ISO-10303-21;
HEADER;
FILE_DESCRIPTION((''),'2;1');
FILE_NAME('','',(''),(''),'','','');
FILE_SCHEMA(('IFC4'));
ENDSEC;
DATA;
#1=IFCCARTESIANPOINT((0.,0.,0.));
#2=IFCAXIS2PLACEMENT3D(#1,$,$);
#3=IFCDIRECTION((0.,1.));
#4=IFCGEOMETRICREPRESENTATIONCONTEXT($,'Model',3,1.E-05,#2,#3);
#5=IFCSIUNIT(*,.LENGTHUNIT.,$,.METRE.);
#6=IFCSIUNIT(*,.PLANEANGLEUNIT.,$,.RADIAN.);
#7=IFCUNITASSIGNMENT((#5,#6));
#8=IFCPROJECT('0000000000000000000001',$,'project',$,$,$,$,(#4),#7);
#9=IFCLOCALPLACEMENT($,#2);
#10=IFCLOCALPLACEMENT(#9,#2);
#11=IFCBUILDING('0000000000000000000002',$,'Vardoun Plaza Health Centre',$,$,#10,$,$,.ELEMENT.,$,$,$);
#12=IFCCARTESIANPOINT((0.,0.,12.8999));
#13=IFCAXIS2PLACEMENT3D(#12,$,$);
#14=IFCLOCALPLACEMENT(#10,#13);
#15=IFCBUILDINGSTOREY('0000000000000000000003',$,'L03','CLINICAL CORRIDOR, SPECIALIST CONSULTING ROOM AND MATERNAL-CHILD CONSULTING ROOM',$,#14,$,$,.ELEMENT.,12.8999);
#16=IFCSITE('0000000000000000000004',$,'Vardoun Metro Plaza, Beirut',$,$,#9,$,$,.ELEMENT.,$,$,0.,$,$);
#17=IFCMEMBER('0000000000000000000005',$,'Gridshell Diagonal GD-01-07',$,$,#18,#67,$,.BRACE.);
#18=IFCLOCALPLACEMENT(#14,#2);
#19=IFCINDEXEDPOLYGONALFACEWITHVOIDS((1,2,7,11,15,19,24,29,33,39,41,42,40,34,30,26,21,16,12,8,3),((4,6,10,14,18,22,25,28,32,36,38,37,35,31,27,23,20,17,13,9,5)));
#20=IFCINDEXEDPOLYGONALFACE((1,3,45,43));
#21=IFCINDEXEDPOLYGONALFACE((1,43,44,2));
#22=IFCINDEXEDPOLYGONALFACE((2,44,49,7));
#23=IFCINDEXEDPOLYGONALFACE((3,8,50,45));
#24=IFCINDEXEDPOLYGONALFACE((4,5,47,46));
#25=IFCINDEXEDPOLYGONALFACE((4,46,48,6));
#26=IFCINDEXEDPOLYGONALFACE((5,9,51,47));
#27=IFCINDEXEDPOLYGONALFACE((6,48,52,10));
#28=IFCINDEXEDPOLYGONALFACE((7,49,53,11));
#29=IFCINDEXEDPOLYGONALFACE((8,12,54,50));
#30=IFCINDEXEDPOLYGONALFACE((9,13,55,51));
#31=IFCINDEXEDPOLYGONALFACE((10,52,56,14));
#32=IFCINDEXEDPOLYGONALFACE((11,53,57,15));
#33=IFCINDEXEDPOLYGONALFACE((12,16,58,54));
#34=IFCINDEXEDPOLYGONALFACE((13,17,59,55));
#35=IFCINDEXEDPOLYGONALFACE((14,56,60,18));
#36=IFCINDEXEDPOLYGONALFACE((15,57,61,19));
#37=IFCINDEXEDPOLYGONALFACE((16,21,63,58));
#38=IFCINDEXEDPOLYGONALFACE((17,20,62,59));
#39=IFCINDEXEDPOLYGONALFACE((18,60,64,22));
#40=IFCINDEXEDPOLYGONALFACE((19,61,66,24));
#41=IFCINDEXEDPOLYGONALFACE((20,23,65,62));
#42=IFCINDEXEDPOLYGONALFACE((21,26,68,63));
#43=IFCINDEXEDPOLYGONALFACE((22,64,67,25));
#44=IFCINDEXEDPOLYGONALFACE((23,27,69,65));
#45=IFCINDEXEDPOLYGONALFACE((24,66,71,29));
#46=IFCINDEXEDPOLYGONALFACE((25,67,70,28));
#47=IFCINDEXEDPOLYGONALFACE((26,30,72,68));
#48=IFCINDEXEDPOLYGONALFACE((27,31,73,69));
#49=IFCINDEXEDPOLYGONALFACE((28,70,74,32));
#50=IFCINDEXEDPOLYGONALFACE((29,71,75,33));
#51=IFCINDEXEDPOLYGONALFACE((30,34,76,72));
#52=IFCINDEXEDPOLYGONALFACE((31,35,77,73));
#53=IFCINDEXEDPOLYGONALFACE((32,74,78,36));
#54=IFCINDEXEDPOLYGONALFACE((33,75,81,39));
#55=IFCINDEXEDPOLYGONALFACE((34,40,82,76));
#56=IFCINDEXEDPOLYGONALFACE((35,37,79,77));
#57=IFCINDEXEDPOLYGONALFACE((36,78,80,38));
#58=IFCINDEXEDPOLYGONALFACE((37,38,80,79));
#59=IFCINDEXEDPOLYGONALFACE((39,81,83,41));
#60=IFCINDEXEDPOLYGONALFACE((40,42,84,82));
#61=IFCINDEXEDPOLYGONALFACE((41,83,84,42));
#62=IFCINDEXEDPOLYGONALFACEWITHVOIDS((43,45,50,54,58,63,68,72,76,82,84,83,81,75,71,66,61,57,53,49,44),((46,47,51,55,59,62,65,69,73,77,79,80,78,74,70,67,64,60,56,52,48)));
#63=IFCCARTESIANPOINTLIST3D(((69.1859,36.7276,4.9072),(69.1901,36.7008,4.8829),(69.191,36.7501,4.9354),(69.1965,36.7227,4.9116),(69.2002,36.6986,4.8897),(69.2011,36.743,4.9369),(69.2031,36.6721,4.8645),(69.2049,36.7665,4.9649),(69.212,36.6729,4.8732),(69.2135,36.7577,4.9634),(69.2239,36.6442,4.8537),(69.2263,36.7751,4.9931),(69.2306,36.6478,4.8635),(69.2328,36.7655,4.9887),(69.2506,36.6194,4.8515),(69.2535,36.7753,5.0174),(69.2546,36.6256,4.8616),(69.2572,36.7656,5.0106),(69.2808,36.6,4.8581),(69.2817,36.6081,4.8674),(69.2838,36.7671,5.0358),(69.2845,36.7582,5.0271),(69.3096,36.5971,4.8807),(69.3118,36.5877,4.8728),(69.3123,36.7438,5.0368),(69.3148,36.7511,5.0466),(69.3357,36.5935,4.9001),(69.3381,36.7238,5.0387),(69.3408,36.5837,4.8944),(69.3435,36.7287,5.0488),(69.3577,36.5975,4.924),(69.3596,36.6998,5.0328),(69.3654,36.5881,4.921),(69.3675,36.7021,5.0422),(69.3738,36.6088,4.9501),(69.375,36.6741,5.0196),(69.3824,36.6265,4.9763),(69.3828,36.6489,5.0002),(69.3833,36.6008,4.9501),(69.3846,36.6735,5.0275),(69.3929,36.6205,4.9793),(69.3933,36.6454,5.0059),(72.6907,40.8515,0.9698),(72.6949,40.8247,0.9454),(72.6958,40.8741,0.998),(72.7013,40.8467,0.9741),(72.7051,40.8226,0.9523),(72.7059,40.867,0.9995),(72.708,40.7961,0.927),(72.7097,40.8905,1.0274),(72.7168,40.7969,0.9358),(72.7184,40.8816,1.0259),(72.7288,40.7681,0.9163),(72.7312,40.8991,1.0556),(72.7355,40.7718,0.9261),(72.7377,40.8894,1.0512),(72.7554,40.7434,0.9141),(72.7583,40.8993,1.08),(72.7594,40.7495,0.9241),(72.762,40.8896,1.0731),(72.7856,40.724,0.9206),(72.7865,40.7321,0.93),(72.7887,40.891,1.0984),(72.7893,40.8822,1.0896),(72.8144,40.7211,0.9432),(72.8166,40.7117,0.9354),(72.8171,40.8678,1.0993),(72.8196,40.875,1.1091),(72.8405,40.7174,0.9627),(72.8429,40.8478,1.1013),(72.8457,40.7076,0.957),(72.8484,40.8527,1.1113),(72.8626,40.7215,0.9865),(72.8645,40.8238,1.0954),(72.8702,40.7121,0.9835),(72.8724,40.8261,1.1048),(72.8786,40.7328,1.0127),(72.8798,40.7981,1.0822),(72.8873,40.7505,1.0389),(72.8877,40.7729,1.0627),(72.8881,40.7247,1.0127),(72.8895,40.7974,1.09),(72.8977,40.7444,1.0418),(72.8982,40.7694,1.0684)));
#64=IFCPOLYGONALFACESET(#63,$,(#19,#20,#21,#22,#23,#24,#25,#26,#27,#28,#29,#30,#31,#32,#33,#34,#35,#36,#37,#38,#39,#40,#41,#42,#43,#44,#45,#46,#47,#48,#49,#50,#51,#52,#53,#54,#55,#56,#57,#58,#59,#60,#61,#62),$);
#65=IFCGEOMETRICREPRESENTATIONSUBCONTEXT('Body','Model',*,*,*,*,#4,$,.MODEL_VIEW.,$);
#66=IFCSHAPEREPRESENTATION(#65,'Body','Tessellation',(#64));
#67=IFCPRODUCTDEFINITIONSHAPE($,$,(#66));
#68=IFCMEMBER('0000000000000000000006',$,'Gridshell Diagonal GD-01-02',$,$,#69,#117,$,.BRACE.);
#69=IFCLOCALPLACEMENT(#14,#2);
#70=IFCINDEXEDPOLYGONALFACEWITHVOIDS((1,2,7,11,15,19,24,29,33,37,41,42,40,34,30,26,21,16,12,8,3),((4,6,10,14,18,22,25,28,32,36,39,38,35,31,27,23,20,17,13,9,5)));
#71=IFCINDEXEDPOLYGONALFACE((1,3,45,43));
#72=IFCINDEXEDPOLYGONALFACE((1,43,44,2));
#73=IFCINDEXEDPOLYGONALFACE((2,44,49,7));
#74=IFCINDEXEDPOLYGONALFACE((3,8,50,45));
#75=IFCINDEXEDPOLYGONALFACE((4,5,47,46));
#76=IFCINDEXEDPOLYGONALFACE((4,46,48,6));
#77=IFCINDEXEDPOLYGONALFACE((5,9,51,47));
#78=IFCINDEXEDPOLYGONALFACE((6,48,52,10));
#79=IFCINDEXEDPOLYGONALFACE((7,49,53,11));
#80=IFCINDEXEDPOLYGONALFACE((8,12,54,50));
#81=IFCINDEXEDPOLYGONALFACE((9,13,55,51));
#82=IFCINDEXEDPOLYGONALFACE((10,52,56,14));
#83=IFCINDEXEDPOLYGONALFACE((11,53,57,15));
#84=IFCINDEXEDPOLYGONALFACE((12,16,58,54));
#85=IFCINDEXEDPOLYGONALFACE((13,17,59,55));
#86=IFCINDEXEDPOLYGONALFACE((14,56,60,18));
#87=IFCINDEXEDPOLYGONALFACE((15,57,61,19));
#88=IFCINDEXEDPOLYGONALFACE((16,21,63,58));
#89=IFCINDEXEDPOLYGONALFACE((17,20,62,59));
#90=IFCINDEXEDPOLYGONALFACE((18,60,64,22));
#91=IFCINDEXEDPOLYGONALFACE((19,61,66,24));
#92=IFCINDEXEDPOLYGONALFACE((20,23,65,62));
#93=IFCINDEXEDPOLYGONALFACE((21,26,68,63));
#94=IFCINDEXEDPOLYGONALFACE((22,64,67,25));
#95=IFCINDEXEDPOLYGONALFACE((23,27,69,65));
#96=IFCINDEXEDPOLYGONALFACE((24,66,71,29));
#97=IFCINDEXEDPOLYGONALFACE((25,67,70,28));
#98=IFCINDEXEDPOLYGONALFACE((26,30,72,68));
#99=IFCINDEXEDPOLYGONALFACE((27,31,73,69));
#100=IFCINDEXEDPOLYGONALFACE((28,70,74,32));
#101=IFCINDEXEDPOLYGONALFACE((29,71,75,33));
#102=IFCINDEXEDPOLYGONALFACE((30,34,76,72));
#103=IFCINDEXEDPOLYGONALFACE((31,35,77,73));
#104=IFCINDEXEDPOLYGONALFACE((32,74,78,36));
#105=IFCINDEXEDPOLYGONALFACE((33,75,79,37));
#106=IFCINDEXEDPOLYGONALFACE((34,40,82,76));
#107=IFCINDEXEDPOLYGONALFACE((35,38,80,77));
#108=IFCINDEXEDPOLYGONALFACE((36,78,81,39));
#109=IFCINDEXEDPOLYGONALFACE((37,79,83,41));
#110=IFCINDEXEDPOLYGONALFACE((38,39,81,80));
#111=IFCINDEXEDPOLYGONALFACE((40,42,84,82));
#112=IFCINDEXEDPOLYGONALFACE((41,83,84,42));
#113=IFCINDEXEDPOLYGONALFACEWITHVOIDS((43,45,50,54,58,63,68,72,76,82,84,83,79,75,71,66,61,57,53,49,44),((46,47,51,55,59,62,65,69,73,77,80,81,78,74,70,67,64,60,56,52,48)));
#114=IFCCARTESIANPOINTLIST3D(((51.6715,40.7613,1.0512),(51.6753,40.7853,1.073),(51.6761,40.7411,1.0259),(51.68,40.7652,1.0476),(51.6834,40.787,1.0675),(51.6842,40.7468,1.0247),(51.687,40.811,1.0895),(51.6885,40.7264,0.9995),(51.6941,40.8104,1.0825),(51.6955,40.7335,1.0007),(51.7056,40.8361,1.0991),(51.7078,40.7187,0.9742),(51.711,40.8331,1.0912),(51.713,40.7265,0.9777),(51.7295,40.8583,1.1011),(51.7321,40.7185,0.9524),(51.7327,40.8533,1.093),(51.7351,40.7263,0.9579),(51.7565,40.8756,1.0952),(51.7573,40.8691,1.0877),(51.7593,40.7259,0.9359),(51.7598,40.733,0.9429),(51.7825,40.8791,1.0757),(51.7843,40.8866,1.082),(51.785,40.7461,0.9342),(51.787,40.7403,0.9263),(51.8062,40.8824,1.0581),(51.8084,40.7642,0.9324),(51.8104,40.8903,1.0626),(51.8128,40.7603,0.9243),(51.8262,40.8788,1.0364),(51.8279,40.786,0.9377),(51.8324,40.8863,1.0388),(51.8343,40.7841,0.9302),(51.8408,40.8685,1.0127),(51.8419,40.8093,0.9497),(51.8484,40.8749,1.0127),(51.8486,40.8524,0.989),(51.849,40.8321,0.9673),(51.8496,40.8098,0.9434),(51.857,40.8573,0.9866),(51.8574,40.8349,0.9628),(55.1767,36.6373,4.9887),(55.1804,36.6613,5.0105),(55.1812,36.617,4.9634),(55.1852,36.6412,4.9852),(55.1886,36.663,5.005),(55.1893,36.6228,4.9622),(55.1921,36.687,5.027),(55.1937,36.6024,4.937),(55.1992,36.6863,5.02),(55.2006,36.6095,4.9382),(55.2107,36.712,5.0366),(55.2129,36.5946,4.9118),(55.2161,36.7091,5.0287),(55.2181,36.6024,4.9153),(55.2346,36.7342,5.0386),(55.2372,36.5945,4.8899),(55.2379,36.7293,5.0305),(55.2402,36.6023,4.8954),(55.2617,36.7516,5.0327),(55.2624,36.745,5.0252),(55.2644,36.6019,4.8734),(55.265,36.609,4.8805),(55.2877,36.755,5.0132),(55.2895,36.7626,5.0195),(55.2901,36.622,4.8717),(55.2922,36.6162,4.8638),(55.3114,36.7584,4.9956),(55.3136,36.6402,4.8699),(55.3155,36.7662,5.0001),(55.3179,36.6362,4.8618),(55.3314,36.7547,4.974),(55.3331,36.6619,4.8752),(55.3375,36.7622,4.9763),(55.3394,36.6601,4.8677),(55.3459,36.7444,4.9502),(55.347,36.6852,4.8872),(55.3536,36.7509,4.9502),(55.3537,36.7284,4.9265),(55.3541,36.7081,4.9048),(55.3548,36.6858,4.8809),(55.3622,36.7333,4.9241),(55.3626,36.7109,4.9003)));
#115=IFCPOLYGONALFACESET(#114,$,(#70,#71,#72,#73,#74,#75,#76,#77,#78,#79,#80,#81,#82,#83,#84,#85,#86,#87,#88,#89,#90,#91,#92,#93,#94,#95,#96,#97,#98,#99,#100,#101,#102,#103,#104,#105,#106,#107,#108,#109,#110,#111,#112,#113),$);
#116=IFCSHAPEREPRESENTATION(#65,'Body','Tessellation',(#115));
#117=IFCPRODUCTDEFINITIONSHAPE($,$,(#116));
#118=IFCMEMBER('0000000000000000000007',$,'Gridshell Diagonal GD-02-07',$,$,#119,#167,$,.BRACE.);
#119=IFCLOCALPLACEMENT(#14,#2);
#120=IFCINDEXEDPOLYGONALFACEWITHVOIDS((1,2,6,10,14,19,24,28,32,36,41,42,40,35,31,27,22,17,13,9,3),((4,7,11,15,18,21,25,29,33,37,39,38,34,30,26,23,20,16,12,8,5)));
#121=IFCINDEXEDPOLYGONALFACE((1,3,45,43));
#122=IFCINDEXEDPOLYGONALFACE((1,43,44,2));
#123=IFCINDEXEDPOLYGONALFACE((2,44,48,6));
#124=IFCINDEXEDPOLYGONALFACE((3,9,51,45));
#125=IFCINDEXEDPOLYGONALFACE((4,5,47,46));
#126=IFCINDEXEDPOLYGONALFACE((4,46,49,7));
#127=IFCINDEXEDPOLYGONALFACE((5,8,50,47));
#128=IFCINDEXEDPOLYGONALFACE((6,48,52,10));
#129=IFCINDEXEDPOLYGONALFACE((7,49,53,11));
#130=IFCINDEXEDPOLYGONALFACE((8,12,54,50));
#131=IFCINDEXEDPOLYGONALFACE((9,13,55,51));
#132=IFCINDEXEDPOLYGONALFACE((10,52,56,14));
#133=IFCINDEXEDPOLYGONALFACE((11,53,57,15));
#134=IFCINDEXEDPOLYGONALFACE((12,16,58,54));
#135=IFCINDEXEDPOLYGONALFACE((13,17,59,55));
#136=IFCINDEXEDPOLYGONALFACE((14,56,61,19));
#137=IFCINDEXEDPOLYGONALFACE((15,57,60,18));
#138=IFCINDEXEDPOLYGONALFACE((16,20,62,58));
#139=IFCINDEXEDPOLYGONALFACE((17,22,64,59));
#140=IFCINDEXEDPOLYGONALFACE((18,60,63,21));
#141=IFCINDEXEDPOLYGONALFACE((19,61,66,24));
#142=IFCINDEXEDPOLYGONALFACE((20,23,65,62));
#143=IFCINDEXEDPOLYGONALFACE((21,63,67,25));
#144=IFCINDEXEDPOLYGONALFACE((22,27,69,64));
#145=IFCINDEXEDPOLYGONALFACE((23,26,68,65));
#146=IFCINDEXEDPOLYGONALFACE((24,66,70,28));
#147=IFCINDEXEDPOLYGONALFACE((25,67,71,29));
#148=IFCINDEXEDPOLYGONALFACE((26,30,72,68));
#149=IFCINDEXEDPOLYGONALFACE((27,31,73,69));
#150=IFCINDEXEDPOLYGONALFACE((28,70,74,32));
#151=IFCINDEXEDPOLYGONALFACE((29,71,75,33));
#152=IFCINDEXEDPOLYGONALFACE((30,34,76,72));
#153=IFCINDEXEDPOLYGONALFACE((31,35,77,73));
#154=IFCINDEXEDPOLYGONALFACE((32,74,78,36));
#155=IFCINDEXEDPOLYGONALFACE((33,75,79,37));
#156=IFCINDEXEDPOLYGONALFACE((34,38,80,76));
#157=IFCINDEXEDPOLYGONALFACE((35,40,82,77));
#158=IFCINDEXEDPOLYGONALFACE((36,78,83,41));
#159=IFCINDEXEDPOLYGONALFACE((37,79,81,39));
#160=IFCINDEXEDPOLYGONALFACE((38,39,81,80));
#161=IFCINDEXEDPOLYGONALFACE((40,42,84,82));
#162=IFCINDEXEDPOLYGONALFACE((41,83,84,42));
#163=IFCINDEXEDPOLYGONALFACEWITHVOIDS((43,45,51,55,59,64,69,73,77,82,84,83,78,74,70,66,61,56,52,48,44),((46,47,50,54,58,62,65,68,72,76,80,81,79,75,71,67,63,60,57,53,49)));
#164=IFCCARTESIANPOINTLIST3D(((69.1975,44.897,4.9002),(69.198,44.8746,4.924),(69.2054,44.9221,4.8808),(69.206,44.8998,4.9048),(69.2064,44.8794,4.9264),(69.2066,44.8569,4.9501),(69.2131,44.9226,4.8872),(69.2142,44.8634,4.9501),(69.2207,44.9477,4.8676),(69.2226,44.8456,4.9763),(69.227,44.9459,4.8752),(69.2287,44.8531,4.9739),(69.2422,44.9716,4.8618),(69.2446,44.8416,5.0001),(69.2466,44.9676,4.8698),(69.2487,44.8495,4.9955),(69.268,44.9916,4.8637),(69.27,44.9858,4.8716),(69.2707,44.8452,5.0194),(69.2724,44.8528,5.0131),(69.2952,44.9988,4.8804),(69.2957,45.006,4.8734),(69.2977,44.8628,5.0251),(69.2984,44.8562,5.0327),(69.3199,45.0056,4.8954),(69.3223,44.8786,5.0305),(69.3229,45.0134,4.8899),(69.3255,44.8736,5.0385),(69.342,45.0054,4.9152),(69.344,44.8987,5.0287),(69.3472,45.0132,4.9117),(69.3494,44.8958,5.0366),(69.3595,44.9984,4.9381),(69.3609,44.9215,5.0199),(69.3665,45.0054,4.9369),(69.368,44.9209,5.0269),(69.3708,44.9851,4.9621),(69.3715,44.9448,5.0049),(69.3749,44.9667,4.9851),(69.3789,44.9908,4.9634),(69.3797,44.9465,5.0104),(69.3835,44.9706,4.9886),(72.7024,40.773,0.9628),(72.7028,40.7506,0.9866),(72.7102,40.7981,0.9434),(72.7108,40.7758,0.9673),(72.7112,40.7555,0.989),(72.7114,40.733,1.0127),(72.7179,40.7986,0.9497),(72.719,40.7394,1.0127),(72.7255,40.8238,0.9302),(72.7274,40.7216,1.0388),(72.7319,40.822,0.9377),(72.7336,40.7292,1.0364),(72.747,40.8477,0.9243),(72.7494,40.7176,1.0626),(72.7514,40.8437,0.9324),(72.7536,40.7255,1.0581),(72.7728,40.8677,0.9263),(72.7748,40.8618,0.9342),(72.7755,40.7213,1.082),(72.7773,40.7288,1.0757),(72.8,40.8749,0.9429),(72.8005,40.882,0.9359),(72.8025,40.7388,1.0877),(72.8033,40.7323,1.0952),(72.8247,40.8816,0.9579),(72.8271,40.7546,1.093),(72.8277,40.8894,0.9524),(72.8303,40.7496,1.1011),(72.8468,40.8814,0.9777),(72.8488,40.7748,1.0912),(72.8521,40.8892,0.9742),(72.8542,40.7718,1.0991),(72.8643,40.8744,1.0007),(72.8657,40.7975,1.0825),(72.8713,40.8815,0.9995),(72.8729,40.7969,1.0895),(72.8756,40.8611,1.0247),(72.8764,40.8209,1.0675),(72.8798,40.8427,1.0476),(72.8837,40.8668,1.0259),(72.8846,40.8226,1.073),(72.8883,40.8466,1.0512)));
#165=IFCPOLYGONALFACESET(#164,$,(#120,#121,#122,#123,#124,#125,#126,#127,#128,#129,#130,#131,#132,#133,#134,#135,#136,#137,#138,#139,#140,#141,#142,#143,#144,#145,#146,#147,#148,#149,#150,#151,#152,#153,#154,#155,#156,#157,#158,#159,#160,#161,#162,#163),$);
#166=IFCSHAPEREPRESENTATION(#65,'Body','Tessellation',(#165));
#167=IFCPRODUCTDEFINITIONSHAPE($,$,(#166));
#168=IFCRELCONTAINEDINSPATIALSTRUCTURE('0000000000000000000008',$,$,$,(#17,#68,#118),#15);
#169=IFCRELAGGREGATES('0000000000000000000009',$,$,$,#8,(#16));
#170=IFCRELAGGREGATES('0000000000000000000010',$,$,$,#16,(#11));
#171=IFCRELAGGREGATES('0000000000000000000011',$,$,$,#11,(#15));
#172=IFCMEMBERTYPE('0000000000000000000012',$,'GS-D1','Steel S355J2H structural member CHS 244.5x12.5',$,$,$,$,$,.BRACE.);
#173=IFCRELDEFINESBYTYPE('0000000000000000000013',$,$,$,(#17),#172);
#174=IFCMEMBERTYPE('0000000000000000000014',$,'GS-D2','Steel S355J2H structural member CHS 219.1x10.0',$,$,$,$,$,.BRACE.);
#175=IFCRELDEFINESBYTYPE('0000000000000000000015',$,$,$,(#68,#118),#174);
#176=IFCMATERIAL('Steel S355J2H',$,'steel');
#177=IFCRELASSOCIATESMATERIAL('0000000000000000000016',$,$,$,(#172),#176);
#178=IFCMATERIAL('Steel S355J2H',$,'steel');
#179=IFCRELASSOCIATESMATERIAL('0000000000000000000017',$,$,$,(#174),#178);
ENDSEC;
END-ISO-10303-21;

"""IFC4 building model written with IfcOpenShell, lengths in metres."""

from ifc_helpers import new_model, si_unit, direction, frame, origin, origin_2d, place, context, subcontext, project, spatial, hollow_circle, extrude, material, material_profile, profile_set, type_object, element, save


model = new_model("IFC4")

# Units and contexts
model_context = context("Model", 3, precision=1e-05, world=origin(), true_north=direction((0.0, 1.0)))
body_context = subcontext(model_context, "Body", "Model", "MODEL_VIEW")
ifc_project = project(units=[si_unit("LENGTHUNIT", "METRE"), si_unit("PLANEANGLEUNIT", "RADIAN")], contexts=[model_context])

# Site, building, storey
site_placement = place(None, origin())
site = spatial("IfcSite", under=ifc_project, at=site_placement, Name="Vardoun Metro Plaza, Beirut", CompositionType="ELEMENT", RefElevation=0.0)
building_placement = place(site_placement, origin())
building = spatial("IfcBuilding", under=site, at=building_placement, Name="Vardoun Plaza Health Centre", CompositionType="ELEMENT")
storey_placement = place(building_placement, frame((0.0, 0.0, 12.8999)))
storey = spatial("IfcBuildingStorey", under=building, at=storey_placement, Name="L03", Description="CLINICAL CORRIDOR, SPECIALIST CONSULTING ROOM AND MATERNAL-CHILD CONSULTING ROOM", CompositionType="ELEMENT", Elevation=12.8999)

# Members
ifc_material_1 = material(Name="Steel S355J2H", Category="steel")
ifc_material_profile_1 = material_profile(ifc_material_1, hollow_circle(Radius=0.1223, WallThickness=0.0125, at=origin_2d()), Name="CHS 244.5x12.5")
ifc_profile_set_1 = profile_set([ifc_material_profile_1], Name="Steel S355J2H")
member_type_1 = type_object("IfcMemberType", Name="GS-D1", Description="Steel S355J2H structural member CHS 244.5x12.5", PredefinedType="BRACE", material=ifc_profile_set_1)
member_1_placement = place(storey_placement, frame((72.7949, 40.804, 1.0127), z_axis=(-0.523667, -0.616174, 0.588305), x_axis=(0.761988, -0.647591, 0.0)))
element("IfcMember", 1, at=member_1_placement, inside=storey, type_object=member_type_1, Name="Gridshell Diagonal GD-01-07", PredefinedType="BRACE", context=body_context, shape_type="SweptSolid", body=[
    extrude(hollow_circle(Radius=0.1223, WallThickness=0.0125, at=origin_2d()), origin(), (0.0, 0.0, 1.0), 6.6929),
])
ifc_material_2 = material(Name="Steel S355J2H", Category="steel")
ifc_material_profile_2 = material_profile(ifc_material_2, hollow_circle(Radius=0.1096, WallThickness=0.01, at=origin_2d()), Name="CHS 219.1x10.0")
ifc_profile_set_2 = profile_set([ifc_material_profile_2], Name="Steel S355J2H")
member_type_2 = type_object("IfcMemberType", Name="GS-D2", Description="Steel S355J2H structural member CHS 219.1x10.0", PredefinedType="BRACE", material=ifc_profile_set_2)
member_2_placement = place(storey_placement, frame((51.7649, 40.804, 1.0127), z_axis=(0.523694, -0.616162, 0.588294), x_axis=(0.761966, 0.647617, 0.0)))
element("IfcMember", 2, at=member_2_placement, inside=storey, type_object=member_type_2, Name="Gridshell Diagonal GD-01-02", PredefinedType="BRACE", context=body_context, shape_type="SweptSolid", body=[
    extrude(hollow_circle(Radius=0.1096, WallThickness=0.01, at=origin_2d()), origin(), (0.0, 0.0, 1.0), 6.6931),
])
member_3_placement = place(storey_placement, frame((72.7949, 40.804, 1.0127), z_axis=(-0.523667, 0.616174, 0.588305), x_axis=(-0.761988, -0.647591, 0.0)))
element("IfcMember", 3, at=member_3_placement, inside=storey, type_object=member_type_2, Name="Gridshell Diagonal GD-02-07", PredefinedType="BRACE", context=body_context, shape_type="SweptSolid", body=[
    extrude(hollow_circle(Radius=0.1096, WallThickness=0.01, at=origin_2d()), origin(), (0.0, 0.0, 1.0), 6.6929),
])

save(model, "model.ifc")
